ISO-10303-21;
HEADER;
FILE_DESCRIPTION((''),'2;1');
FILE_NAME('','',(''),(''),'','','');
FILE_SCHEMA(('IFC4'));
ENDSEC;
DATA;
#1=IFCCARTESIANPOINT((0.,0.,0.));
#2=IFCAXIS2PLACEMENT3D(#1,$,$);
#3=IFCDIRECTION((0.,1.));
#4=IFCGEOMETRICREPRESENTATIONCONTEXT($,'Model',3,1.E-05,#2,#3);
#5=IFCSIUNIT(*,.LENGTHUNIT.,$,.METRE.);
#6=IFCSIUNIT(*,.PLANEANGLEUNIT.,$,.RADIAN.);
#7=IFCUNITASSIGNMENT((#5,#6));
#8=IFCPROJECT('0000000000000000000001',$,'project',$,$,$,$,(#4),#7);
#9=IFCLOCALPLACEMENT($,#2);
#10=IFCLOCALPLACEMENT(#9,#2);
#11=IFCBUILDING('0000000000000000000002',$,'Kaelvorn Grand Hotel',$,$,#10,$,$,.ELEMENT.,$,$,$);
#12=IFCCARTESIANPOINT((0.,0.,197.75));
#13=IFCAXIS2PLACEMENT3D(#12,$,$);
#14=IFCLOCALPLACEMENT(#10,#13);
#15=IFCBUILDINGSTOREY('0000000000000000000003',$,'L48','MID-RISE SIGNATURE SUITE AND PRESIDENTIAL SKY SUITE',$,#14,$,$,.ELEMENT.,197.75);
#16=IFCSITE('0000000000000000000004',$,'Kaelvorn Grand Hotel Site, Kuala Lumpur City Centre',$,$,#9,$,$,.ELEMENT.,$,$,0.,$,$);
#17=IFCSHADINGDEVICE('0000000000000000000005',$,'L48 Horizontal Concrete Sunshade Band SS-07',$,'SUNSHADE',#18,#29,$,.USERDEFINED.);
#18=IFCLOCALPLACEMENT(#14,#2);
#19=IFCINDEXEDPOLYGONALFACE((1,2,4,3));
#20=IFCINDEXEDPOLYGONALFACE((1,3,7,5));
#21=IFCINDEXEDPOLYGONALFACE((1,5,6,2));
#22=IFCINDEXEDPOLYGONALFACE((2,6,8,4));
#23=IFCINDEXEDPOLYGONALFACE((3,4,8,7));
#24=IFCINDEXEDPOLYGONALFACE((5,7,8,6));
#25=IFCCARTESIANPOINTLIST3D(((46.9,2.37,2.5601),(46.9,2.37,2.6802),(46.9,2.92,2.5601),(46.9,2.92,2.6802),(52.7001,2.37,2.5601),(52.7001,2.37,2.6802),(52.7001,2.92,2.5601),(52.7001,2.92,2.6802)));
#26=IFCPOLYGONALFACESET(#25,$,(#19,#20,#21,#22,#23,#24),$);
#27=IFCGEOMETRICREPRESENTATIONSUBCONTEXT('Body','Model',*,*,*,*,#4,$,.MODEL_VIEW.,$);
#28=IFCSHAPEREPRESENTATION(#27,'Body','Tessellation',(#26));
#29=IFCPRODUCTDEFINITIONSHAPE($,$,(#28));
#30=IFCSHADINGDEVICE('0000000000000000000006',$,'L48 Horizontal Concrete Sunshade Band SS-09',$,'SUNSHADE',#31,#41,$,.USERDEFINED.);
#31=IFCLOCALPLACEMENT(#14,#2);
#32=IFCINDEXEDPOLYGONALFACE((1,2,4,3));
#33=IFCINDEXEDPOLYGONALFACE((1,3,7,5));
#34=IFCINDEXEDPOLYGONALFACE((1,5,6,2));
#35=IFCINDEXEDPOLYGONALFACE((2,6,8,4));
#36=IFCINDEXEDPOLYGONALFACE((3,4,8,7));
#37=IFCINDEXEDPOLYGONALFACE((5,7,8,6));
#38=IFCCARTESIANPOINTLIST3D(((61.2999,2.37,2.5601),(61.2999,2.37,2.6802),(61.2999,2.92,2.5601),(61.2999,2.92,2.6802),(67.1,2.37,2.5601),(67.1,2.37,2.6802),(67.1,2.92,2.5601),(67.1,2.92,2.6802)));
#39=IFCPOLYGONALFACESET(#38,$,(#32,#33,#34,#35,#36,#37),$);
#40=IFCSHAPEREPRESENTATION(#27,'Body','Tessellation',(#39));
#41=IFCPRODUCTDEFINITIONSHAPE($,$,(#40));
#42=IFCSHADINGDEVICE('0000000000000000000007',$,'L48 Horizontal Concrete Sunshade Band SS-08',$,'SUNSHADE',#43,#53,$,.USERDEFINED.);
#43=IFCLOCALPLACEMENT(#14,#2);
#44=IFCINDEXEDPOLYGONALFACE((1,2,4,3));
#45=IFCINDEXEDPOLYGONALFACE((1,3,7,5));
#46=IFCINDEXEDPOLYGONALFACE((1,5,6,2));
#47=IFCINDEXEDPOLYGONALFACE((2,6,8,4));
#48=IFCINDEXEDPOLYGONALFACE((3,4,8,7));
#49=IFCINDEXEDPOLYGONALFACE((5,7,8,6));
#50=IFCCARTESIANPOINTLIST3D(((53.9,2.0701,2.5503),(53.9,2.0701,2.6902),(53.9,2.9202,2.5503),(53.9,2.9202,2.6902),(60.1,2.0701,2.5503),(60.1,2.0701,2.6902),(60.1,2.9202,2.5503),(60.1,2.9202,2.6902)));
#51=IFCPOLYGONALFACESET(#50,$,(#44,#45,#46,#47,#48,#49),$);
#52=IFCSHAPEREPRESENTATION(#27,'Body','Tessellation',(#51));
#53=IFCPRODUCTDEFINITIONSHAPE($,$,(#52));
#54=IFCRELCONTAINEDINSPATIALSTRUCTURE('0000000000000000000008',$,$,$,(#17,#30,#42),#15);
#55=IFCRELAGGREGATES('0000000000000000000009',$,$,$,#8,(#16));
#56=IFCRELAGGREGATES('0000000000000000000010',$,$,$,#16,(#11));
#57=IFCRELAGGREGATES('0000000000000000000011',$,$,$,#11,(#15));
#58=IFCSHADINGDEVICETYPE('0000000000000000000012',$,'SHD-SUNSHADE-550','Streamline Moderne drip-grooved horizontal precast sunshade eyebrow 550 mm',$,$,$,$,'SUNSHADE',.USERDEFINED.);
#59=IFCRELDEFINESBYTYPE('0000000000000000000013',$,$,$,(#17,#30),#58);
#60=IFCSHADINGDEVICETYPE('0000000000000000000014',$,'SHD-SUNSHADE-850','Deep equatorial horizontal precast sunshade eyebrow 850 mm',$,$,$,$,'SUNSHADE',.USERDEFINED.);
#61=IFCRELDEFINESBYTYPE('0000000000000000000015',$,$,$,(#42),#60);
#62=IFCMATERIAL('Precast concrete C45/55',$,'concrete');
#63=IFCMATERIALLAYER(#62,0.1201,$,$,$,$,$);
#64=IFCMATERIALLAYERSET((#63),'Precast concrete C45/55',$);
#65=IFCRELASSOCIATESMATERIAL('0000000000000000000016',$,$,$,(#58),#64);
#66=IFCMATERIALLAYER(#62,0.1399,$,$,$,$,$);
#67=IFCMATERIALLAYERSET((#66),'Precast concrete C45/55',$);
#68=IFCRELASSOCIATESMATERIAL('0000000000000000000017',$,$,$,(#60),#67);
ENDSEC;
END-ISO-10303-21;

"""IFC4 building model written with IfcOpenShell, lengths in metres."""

from ifc_helpers import new_model, si_unit, direction, frame, origin, origin_2d, place, context, subcontext, project, spatial, rectangle, extrude, material, layer, layer_set, type_object, element, save


model = new_model("IFC4")

# Units and contexts
model_context = context("Model", 3, precision=1e-05, world=origin(), true_north=direction((0.0, 1.0)))
body_context = subcontext(model_context, "Body", "Model", "MODEL_VIEW")
ifc_project = project(units=[si_unit("LENGTHUNIT", "METRE"), si_unit("PLANEANGLEUNIT", "RADIAN")], contexts=[model_context])

# Site, building, storey
site_placement = place(None, origin())
site = spatial("IfcSite", under=ifc_project, at=site_placement, Name="Kaelvorn Grand Hotel Site, Kuala Lumpur City Centre", CompositionType="ELEMENT", RefElevation=0.0)
building_placement = place(site_placement, origin())
building = spatial("IfcBuilding", under=site, at=building_placement, Name="Kaelvorn Grand Hotel", CompositionType="ELEMENT")
storey_placement = place(building_placement, frame((0.0, 0.0, 197.75)))
storey = spatial("IfcBuildingStorey", under=building, at=storey_placement, Name="L48", Description="MID-RISE SIGNATURE SUITE AND PRESIDENTIAL SKY SUITE", CompositionType="ELEMENT", Elevation=197.75)

# Shading devices
ifc_material_1 = material(Name="Precast concrete C45/55", Category="concrete")
ifc_layer_1 = layer(ifc_material_1, 0.1201)
ifc_layer_set_1 = layer_set([ifc_layer_1], Name="Precast concrete C45/55")
shading_device_type_1 = type_object("IfcShadingDeviceType", Name="SHD-SUNSHADE-550", Description="Streamline Moderne drip-grooved horizontal precast sunshade eyebrow 550 mm", ElementType="SUNSHADE", PredefinedType="USERDEFINED", material=ifc_layer_set_1)
for number, where, z_axis, x_axis, name in (
    (1, (49.8, 2.645, 2.5601), (0.0, 0.0, 1.0), (1.0, 0.0, 0.0), "L48 Horizontal Concrete Sunshade Band SS-07"),
    (2, (64.2, 2.645, 2.5601), (0.0, 0.0, 1.0), (1.0, 0.0, 0.0), "L48 Horizontal Concrete Sunshade Band SS-09"),
):
    element("IfcShadingDevice", number, at=place(storey_placement, frame(where, z_axis=z_axis, x_axis=x_axis)), inside=storey, type_object=shading_device_type_1, Name=name, ObjectType="SUNSHADE", PredefinedType="USERDEFINED", context=body_context, shape_type="SweptSolid", body=[
        extrude(rectangle(XDim=5.8, YDim=0.55, at=origin_2d()), origin(), (0.0, 0.0, 1.0), 0.1201),
    ])
ifc_layer_2 = layer(ifc_material_1, 0.1399)
ifc_layer_set_2 = layer_set([ifc_layer_2], Name="Precast concrete C45/55")
shading_device_type_2 = type_object("IfcShadingDeviceType", Name="SHD-SUNSHADE-850", Description="Deep equatorial horizontal precast sunshade eyebrow 850 mm", ElementType="SUNSHADE", PredefinedType="USERDEFINED", material=ifc_layer_set_2)
shading_device_placement = place(storey_placement, frame((57.0, 2.4951, 2.5503), z_axis=(0.0, 0.0, 1.0), x_axis=(1.0, 0.0, 0.0)))
element("IfcShadingDevice", 3, at=shading_device_placement, inside=storey, type_object=shading_device_type_2, Name="L48 Horizontal Concrete Sunshade Band SS-08", ObjectType="SUNSHADE", PredefinedType="USERDEFINED", context=body_context, shape_type="SweptSolid", body=[
    extrude(rectangle(XDim=6.2, YDim=0.8501, at=origin_2d()), origin(), (0.0, 0.0, 1.0), 0.1399),
])

save(model, "model.ifc")
